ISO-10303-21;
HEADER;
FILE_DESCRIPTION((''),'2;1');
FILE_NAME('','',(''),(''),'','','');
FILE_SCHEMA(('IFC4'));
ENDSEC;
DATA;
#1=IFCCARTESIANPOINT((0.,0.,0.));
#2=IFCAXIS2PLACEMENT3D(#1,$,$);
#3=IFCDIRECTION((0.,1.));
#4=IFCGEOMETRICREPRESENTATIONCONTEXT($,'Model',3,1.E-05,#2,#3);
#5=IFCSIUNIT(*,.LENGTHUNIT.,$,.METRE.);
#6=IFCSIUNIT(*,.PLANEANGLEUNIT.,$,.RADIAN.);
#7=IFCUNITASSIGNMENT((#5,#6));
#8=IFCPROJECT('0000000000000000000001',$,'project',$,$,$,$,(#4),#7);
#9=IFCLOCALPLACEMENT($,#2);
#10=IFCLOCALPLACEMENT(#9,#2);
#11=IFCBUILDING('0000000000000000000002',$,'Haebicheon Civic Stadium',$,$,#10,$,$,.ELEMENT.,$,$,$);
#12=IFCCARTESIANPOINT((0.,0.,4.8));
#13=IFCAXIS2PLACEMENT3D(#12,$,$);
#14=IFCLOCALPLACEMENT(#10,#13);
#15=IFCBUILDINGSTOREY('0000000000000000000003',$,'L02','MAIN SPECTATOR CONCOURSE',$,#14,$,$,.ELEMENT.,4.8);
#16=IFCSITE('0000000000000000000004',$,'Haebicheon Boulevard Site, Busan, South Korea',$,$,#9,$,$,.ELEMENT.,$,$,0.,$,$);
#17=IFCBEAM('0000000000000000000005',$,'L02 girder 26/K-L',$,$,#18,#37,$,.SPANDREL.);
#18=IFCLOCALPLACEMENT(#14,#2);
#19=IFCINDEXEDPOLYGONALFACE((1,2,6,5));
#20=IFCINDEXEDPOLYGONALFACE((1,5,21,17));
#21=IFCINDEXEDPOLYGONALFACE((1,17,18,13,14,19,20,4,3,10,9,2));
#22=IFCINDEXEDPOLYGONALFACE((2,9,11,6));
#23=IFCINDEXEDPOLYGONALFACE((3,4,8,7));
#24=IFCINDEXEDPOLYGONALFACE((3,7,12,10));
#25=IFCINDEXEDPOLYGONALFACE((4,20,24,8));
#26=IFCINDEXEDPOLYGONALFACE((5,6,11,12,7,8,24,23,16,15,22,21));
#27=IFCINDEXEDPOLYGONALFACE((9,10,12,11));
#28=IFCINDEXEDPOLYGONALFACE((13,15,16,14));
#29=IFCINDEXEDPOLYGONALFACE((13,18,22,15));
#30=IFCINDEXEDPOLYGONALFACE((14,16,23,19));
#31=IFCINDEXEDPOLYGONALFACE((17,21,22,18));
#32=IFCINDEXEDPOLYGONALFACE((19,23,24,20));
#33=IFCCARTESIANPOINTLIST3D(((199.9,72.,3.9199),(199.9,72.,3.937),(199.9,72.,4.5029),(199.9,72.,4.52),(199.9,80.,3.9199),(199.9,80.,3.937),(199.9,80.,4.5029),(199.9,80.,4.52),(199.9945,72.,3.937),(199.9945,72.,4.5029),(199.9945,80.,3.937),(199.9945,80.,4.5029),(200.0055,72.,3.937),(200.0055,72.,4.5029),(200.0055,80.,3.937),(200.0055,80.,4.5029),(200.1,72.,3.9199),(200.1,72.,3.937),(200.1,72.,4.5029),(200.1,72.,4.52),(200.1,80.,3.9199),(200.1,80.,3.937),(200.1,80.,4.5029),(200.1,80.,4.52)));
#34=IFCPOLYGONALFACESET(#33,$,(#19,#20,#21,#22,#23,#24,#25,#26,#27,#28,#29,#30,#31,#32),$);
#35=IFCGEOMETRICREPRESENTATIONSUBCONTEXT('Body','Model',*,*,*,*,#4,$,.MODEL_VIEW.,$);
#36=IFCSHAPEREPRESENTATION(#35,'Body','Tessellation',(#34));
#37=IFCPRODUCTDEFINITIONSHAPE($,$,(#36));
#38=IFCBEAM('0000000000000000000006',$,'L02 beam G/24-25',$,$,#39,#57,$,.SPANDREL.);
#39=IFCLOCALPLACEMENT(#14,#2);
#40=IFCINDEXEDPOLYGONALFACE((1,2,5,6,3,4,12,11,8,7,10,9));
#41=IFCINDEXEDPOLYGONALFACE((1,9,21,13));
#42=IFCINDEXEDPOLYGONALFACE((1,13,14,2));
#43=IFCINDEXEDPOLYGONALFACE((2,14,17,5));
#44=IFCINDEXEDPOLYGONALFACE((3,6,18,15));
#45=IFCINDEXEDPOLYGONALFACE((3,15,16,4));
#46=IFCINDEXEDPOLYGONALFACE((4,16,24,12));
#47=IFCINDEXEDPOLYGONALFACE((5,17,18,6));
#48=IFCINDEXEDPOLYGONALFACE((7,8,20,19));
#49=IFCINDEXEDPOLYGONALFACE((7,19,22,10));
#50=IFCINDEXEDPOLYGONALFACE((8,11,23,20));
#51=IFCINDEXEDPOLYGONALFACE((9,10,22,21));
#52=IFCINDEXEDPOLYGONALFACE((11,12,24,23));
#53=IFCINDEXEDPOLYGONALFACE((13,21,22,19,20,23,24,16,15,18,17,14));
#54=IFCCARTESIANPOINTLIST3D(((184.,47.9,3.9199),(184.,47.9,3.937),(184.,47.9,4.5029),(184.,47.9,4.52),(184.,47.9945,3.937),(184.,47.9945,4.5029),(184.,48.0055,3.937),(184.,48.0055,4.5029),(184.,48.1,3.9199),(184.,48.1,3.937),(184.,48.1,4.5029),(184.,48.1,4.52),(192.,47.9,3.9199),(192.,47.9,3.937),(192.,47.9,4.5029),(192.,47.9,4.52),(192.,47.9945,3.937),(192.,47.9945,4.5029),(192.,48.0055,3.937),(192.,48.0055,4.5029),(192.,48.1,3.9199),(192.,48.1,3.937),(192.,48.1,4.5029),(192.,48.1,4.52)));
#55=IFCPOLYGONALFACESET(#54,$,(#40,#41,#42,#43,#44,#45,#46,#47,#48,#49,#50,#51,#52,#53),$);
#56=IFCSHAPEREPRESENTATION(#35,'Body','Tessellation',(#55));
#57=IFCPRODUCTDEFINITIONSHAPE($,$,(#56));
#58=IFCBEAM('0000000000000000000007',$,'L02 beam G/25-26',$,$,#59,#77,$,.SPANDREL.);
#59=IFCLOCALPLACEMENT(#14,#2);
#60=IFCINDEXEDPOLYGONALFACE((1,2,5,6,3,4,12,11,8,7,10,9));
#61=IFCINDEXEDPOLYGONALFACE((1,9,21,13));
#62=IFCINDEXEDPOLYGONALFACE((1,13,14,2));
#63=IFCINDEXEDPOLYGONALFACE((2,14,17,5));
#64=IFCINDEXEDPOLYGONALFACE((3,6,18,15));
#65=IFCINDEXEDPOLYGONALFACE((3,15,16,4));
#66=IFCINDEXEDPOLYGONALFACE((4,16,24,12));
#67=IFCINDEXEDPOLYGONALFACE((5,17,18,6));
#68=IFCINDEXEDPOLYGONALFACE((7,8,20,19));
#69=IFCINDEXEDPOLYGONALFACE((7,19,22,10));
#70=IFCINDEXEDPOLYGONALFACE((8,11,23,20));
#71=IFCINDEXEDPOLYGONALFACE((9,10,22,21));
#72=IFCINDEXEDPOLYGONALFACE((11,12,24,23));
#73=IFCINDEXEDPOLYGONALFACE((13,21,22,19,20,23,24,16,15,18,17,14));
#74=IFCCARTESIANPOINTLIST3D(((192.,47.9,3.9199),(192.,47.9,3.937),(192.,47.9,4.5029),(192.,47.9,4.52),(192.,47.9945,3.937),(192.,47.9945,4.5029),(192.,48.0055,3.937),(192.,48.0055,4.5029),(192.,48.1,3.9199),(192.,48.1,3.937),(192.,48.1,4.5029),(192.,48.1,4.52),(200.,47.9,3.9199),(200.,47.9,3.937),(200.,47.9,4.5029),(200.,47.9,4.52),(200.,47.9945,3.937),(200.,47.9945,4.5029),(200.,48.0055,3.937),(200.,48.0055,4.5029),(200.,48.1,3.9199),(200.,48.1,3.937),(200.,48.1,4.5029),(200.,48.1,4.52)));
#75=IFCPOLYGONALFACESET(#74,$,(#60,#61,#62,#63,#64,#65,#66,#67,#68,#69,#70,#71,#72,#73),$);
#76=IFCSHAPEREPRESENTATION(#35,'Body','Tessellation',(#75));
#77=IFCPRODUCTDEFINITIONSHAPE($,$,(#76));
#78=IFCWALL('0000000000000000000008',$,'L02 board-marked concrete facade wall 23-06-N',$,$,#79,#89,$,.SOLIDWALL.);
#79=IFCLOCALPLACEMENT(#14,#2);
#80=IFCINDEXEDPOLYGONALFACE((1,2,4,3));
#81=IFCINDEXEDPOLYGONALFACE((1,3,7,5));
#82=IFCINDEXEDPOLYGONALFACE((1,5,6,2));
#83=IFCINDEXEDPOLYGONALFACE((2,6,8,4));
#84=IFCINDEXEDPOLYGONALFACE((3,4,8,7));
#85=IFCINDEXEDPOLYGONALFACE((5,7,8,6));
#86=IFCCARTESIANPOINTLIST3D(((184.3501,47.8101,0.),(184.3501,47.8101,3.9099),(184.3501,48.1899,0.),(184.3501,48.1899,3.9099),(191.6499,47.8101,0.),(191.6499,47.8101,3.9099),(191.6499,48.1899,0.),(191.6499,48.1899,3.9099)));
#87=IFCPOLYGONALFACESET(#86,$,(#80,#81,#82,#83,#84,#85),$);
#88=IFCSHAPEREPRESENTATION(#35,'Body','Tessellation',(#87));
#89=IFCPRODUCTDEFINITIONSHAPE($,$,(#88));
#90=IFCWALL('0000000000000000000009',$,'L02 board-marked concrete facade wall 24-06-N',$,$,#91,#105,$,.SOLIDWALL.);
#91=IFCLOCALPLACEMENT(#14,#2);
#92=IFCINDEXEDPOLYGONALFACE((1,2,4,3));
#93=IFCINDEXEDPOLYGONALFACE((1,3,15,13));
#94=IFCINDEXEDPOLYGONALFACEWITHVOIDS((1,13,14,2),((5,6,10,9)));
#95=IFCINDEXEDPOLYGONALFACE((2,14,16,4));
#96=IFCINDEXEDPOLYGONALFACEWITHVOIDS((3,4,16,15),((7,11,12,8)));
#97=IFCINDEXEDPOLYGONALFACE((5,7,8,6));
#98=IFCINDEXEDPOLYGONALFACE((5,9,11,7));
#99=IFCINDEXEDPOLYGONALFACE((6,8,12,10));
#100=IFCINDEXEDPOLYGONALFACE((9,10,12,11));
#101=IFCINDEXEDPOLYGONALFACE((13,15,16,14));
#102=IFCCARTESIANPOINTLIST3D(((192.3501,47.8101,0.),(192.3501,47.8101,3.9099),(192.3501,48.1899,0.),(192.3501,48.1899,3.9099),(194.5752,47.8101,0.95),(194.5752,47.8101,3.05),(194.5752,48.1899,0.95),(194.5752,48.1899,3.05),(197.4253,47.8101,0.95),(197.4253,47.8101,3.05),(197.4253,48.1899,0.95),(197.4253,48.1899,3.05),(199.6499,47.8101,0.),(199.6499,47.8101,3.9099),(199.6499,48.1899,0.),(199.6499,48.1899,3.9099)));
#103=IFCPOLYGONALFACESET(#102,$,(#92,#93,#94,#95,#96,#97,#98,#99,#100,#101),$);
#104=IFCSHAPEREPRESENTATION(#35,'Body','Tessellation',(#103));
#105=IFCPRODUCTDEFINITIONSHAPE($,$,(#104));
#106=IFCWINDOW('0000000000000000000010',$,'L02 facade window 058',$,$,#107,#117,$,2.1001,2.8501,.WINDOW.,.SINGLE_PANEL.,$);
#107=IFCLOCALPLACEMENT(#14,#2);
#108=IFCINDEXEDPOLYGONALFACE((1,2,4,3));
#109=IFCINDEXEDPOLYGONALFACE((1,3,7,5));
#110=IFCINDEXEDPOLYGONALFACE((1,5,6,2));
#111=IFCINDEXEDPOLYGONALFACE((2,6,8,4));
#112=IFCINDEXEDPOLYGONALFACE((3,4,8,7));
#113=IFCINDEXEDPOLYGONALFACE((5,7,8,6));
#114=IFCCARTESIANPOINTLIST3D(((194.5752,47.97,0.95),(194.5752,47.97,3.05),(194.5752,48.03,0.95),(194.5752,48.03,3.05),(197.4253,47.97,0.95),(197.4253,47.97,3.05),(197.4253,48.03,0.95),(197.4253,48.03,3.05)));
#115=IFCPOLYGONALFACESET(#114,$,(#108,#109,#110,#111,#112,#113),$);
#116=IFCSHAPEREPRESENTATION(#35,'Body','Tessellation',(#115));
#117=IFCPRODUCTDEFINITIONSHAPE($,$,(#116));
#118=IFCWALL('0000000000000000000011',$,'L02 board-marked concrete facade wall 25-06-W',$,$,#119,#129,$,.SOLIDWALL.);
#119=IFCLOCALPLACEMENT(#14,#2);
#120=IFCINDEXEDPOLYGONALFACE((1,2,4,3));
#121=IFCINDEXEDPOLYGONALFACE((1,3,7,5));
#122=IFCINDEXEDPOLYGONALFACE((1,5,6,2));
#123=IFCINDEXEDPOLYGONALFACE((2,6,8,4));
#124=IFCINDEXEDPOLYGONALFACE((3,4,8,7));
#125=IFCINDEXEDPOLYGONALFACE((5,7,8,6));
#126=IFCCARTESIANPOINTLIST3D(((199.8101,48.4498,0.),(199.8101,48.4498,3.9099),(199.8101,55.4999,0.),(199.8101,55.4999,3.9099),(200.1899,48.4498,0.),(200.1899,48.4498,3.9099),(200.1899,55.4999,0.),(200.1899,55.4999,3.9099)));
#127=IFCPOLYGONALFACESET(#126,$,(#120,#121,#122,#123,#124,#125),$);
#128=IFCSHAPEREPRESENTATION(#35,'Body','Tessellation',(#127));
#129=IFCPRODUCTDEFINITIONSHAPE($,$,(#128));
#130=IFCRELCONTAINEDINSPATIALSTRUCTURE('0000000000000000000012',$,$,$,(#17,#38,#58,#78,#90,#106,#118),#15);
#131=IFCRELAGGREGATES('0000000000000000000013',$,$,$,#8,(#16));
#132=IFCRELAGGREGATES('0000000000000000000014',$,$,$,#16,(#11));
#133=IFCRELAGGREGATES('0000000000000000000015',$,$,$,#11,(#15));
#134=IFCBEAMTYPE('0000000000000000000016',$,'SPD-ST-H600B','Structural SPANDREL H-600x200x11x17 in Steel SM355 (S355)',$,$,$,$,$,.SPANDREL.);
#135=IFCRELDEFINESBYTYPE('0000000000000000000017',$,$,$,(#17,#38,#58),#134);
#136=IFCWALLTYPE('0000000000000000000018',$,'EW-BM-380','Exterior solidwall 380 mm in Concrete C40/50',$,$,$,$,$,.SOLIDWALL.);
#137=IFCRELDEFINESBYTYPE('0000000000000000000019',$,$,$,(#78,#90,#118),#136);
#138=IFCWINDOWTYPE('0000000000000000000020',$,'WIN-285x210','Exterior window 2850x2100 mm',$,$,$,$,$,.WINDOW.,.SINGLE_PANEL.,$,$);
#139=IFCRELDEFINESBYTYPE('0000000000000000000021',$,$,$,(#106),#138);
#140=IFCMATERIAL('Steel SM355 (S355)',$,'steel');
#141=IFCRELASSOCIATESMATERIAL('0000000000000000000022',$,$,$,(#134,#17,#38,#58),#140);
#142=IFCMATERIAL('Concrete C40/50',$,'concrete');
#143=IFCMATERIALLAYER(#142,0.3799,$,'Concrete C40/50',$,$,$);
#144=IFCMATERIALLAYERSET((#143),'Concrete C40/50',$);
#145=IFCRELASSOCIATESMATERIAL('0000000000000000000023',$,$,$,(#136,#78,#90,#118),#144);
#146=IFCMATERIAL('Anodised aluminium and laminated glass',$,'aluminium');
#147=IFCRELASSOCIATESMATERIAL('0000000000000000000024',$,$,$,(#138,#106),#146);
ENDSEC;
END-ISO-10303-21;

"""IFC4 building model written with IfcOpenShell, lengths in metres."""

from ifc_helpers import new_model, si_unit, direction, frame, frame_2d, origin, origin_2d, place, context, subcontext, project, spatial, rectangle, i_section, extrude, material, layer, layer_set, material_profile, profile_set, type_object, element, fill, save


model = new_model("IFC4")

# Units and contexts
model_context = context("Model", 3, precision=1e-05, world=origin(), true_north=direction((0.0, 1.0)))
body_context = subcontext(model_context, "Body", "Model", "MODEL_VIEW")
ifc_project = project(units=[si_unit("LENGTHUNIT", "METRE"), si_unit("PLANEANGLEUNIT", "RADIAN")], contexts=[model_context])

# Site, building, storey
site_placement = place(None, origin())
site = spatial("IfcSite", under=ifc_project, at=site_placement, Name="Haebicheon Boulevard Site, Busan, South Korea", CompositionType="ELEMENT", RefElevation=0.0)
building_placement = place(site_placement, origin())
building = spatial("IfcBuilding", under=site, at=building_placement, Name="Haebicheon Civic Stadium", CompositionType="ELEMENT")
storey_placement = place(building_placement, frame((0.0, 0.0, 4.8)))
storey = spatial("IfcBuildingStorey", under=building, at=storey_placement, Name="L02", Description="MAIN SPECTATOR CONCOURSE", CompositionType="ELEMENT", Elevation=4.8)

# Beams
ifc_material_1 = material(Name="Steel SM355 (S355)", Category="steel")
ifc_material_profile_1 = material_profile(ifc_material_1, i_section(OverallWidth=0.2, OverallDepth=0.6001, WebThickness=0.011, FlangeThickness=0.0171, at=origin_2d()), Name="H-600x200x11x17")
ifc_profile_set_1 = profile_set([ifc_material_profile_1], Name="Steel SM355 (S355)")
beam_type_1 = type_object("IfcBeamType", Name="SPD-ST-H600B", Description="Structural SPANDREL H-600x200x11x17 in Steel SM355 (S355)", PredefinedType="SPANDREL", material=ifc_profile_set_1)
for number, where, z_axis, x_axis, name in (
    (1, (200.0, 72.0, 4.22), (0.0, 1.0, 0.0), (-1.0, 0.0, 0.0), "L02 girder 26/K-L"),
    (2, (184.0, 48.0, 4.22), (1.0, 0.0, 0.0), (0.0, 1.0, 0.0), "L02 beam G/24-25"),
    (3, (192.0, 48.0, 4.22), (1.0, 0.0, 0.0), (0.0, 1.0, 0.0), "L02 beam G/25-26"),
):
    element("IfcBeam", number, at=place(storey_placement, frame(where, z_axis=z_axis, x_axis=x_axis)), inside=storey, type_object=beam_type_1, material=ifc_profile_set_1, Name=name, PredefinedType="SPANDREL", context=body_context, shape_type="SweptSolid", body=[
        extrude(i_section(OverallWidth=0.2, OverallDepth=0.6001, WebThickness=0.011, FlangeThickness=0.0171, at=origin_2d()), origin(), (0.0, 0.0, 1.0), 8.0),
    ])

# Wall
ifc_material_2 = material(Name="Concrete C40/50", Category="concrete")
ifc_layer_1 = layer(ifc_material_2, 0.3799, Name="Concrete C40/50")
ifc_layer_set_1 = layer_set([ifc_layer_1], Name="Concrete C40/50")
wall_type = type_object("IfcWallType", Name="EW-BM-380", Description="Exterior solidwall 380 mm in Concrete C40/50", PredefinedType="SOLIDWALL", material=ifc_layer_set_1)
wall_1_placement = place(storey_placement, frame((184.3501, 48.0, 0.0), z_axis=(0.0, 0.0, 1.0), x_axis=(1.0, 0.0, 0.0)))
element("IfcWall", 4, at=wall_1_placement, inside=storey, type_object=wall_type, material=ifc_layer_set_1, Name="L02 board-marked concrete facade wall 23-06-N", PredefinedType="SOLIDWALL", context=body_context, shape_type="SweptSolid", body=[
    extrude(rectangle(XDim=7.2998, YDim=0.3799, at=frame_2d((3.6499, 0.0))), origin(), (0.0, 0.0, 1.0), 3.9099),
])

# Wall, opening, window
wall_2_placement = place(storey_placement, frame((192.3501, 48.0, 0.0), z_axis=(0.0, 0.0, 1.0), x_axis=(1.0, 0.0, 0.0)))
wall_2 = element("IfcWall", 5, at=wall_2_placement, inside=storey, type_object=wall_type, material=ifc_layer_set_1, Name="L02 board-marked concrete facade wall 24-06-N", PredefinedType="SOLIDWALL", context=body_context, shape_type="SweptSolid", body=[
    extrude(rectangle(XDim=7.2998, YDim=0.3799, at=frame_2d((3.6499, 0.0))), origin(), (0.0, 0.0, 1.0), 3.9099),
])
opening_placement = place(wall_2_placement, frame((2.2251, 0.0, 0.95)))
opening = element("IfcOpeningElement", 6, at=opening_placement, cuts=wall_2, PredefinedType="OPENING", context=body_context, shape_type="SweptSolid", body=[
    extrude(rectangle(XDim=2.8501, YDim=2.1001, at=frame_2d((1.425, 1.05))), frame((0.0, 0.2, 0.0), z_axis=(0.0, -1.0, 0.0), x_axis=(1.0, 0.0, 0.0)), (0.0, 0.0, 1.0), 0.3999),
])
ifc_material_3 = material(Name="Anodised aluminium and laminated glass", Category="aluminium")
window_type = type_object("IfcWindowType", Name="WIN-285x210", Description="Exterior window 2850x2100 mm", PartitioningType="SINGLE_PANEL", PredefinedType="WINDOW", material=ifc_material_3)
window_placement = place(opening_placement, origin())
window = element("IfcWindow", 7, at=window_placement, inside=storey, type_object=window_type, material=ifc_material_3, Name="L02 facade window 058", OverallHeight=2.1001, OverallWidth=2.8501, PartitioningType="SINGLE_PANEL", PredefinedType="WINDOW", context=body_context, shape_type="SweptSolid", body=[
    extrude(rectangle(XDim=2.8501, YDim=2.1001, at=frame_2d((1.425, 1.05))), frame((0.0, 0.03, 0.0), z_axis=(0.0, -1.0, 0.0), x_axis=(1.0, 0.0, 0.0)), (0.0, 0.0, 1.0), 0.0601),
])
fill(opening, window)

# Wall
wall_3_placement = place(storey_placement, frame((200.0, 48.45, 0.0), z_axis=(0.0, 0.0, 1.0), x_axis=(0.0, 1.0, 0.0)))
element("IfcWall", 8, at=wall_3_placement, inside=storey, type_object=wall_type, material=ifc_layer_set_1, Name="L02 board-marked concrete facade wall 25-06-W", PredefinedType="SOLIDWALL", context=body_context, shape_type="SweptSolid", body=[
    extrude(rectangle(XDim=7.05, YDim=0.3799, at=frame_2d((3.5249, 0.0))), origin(), (0.0, 0.0, 1.0), 3.9099),
])

save(model, "model.ifc")
